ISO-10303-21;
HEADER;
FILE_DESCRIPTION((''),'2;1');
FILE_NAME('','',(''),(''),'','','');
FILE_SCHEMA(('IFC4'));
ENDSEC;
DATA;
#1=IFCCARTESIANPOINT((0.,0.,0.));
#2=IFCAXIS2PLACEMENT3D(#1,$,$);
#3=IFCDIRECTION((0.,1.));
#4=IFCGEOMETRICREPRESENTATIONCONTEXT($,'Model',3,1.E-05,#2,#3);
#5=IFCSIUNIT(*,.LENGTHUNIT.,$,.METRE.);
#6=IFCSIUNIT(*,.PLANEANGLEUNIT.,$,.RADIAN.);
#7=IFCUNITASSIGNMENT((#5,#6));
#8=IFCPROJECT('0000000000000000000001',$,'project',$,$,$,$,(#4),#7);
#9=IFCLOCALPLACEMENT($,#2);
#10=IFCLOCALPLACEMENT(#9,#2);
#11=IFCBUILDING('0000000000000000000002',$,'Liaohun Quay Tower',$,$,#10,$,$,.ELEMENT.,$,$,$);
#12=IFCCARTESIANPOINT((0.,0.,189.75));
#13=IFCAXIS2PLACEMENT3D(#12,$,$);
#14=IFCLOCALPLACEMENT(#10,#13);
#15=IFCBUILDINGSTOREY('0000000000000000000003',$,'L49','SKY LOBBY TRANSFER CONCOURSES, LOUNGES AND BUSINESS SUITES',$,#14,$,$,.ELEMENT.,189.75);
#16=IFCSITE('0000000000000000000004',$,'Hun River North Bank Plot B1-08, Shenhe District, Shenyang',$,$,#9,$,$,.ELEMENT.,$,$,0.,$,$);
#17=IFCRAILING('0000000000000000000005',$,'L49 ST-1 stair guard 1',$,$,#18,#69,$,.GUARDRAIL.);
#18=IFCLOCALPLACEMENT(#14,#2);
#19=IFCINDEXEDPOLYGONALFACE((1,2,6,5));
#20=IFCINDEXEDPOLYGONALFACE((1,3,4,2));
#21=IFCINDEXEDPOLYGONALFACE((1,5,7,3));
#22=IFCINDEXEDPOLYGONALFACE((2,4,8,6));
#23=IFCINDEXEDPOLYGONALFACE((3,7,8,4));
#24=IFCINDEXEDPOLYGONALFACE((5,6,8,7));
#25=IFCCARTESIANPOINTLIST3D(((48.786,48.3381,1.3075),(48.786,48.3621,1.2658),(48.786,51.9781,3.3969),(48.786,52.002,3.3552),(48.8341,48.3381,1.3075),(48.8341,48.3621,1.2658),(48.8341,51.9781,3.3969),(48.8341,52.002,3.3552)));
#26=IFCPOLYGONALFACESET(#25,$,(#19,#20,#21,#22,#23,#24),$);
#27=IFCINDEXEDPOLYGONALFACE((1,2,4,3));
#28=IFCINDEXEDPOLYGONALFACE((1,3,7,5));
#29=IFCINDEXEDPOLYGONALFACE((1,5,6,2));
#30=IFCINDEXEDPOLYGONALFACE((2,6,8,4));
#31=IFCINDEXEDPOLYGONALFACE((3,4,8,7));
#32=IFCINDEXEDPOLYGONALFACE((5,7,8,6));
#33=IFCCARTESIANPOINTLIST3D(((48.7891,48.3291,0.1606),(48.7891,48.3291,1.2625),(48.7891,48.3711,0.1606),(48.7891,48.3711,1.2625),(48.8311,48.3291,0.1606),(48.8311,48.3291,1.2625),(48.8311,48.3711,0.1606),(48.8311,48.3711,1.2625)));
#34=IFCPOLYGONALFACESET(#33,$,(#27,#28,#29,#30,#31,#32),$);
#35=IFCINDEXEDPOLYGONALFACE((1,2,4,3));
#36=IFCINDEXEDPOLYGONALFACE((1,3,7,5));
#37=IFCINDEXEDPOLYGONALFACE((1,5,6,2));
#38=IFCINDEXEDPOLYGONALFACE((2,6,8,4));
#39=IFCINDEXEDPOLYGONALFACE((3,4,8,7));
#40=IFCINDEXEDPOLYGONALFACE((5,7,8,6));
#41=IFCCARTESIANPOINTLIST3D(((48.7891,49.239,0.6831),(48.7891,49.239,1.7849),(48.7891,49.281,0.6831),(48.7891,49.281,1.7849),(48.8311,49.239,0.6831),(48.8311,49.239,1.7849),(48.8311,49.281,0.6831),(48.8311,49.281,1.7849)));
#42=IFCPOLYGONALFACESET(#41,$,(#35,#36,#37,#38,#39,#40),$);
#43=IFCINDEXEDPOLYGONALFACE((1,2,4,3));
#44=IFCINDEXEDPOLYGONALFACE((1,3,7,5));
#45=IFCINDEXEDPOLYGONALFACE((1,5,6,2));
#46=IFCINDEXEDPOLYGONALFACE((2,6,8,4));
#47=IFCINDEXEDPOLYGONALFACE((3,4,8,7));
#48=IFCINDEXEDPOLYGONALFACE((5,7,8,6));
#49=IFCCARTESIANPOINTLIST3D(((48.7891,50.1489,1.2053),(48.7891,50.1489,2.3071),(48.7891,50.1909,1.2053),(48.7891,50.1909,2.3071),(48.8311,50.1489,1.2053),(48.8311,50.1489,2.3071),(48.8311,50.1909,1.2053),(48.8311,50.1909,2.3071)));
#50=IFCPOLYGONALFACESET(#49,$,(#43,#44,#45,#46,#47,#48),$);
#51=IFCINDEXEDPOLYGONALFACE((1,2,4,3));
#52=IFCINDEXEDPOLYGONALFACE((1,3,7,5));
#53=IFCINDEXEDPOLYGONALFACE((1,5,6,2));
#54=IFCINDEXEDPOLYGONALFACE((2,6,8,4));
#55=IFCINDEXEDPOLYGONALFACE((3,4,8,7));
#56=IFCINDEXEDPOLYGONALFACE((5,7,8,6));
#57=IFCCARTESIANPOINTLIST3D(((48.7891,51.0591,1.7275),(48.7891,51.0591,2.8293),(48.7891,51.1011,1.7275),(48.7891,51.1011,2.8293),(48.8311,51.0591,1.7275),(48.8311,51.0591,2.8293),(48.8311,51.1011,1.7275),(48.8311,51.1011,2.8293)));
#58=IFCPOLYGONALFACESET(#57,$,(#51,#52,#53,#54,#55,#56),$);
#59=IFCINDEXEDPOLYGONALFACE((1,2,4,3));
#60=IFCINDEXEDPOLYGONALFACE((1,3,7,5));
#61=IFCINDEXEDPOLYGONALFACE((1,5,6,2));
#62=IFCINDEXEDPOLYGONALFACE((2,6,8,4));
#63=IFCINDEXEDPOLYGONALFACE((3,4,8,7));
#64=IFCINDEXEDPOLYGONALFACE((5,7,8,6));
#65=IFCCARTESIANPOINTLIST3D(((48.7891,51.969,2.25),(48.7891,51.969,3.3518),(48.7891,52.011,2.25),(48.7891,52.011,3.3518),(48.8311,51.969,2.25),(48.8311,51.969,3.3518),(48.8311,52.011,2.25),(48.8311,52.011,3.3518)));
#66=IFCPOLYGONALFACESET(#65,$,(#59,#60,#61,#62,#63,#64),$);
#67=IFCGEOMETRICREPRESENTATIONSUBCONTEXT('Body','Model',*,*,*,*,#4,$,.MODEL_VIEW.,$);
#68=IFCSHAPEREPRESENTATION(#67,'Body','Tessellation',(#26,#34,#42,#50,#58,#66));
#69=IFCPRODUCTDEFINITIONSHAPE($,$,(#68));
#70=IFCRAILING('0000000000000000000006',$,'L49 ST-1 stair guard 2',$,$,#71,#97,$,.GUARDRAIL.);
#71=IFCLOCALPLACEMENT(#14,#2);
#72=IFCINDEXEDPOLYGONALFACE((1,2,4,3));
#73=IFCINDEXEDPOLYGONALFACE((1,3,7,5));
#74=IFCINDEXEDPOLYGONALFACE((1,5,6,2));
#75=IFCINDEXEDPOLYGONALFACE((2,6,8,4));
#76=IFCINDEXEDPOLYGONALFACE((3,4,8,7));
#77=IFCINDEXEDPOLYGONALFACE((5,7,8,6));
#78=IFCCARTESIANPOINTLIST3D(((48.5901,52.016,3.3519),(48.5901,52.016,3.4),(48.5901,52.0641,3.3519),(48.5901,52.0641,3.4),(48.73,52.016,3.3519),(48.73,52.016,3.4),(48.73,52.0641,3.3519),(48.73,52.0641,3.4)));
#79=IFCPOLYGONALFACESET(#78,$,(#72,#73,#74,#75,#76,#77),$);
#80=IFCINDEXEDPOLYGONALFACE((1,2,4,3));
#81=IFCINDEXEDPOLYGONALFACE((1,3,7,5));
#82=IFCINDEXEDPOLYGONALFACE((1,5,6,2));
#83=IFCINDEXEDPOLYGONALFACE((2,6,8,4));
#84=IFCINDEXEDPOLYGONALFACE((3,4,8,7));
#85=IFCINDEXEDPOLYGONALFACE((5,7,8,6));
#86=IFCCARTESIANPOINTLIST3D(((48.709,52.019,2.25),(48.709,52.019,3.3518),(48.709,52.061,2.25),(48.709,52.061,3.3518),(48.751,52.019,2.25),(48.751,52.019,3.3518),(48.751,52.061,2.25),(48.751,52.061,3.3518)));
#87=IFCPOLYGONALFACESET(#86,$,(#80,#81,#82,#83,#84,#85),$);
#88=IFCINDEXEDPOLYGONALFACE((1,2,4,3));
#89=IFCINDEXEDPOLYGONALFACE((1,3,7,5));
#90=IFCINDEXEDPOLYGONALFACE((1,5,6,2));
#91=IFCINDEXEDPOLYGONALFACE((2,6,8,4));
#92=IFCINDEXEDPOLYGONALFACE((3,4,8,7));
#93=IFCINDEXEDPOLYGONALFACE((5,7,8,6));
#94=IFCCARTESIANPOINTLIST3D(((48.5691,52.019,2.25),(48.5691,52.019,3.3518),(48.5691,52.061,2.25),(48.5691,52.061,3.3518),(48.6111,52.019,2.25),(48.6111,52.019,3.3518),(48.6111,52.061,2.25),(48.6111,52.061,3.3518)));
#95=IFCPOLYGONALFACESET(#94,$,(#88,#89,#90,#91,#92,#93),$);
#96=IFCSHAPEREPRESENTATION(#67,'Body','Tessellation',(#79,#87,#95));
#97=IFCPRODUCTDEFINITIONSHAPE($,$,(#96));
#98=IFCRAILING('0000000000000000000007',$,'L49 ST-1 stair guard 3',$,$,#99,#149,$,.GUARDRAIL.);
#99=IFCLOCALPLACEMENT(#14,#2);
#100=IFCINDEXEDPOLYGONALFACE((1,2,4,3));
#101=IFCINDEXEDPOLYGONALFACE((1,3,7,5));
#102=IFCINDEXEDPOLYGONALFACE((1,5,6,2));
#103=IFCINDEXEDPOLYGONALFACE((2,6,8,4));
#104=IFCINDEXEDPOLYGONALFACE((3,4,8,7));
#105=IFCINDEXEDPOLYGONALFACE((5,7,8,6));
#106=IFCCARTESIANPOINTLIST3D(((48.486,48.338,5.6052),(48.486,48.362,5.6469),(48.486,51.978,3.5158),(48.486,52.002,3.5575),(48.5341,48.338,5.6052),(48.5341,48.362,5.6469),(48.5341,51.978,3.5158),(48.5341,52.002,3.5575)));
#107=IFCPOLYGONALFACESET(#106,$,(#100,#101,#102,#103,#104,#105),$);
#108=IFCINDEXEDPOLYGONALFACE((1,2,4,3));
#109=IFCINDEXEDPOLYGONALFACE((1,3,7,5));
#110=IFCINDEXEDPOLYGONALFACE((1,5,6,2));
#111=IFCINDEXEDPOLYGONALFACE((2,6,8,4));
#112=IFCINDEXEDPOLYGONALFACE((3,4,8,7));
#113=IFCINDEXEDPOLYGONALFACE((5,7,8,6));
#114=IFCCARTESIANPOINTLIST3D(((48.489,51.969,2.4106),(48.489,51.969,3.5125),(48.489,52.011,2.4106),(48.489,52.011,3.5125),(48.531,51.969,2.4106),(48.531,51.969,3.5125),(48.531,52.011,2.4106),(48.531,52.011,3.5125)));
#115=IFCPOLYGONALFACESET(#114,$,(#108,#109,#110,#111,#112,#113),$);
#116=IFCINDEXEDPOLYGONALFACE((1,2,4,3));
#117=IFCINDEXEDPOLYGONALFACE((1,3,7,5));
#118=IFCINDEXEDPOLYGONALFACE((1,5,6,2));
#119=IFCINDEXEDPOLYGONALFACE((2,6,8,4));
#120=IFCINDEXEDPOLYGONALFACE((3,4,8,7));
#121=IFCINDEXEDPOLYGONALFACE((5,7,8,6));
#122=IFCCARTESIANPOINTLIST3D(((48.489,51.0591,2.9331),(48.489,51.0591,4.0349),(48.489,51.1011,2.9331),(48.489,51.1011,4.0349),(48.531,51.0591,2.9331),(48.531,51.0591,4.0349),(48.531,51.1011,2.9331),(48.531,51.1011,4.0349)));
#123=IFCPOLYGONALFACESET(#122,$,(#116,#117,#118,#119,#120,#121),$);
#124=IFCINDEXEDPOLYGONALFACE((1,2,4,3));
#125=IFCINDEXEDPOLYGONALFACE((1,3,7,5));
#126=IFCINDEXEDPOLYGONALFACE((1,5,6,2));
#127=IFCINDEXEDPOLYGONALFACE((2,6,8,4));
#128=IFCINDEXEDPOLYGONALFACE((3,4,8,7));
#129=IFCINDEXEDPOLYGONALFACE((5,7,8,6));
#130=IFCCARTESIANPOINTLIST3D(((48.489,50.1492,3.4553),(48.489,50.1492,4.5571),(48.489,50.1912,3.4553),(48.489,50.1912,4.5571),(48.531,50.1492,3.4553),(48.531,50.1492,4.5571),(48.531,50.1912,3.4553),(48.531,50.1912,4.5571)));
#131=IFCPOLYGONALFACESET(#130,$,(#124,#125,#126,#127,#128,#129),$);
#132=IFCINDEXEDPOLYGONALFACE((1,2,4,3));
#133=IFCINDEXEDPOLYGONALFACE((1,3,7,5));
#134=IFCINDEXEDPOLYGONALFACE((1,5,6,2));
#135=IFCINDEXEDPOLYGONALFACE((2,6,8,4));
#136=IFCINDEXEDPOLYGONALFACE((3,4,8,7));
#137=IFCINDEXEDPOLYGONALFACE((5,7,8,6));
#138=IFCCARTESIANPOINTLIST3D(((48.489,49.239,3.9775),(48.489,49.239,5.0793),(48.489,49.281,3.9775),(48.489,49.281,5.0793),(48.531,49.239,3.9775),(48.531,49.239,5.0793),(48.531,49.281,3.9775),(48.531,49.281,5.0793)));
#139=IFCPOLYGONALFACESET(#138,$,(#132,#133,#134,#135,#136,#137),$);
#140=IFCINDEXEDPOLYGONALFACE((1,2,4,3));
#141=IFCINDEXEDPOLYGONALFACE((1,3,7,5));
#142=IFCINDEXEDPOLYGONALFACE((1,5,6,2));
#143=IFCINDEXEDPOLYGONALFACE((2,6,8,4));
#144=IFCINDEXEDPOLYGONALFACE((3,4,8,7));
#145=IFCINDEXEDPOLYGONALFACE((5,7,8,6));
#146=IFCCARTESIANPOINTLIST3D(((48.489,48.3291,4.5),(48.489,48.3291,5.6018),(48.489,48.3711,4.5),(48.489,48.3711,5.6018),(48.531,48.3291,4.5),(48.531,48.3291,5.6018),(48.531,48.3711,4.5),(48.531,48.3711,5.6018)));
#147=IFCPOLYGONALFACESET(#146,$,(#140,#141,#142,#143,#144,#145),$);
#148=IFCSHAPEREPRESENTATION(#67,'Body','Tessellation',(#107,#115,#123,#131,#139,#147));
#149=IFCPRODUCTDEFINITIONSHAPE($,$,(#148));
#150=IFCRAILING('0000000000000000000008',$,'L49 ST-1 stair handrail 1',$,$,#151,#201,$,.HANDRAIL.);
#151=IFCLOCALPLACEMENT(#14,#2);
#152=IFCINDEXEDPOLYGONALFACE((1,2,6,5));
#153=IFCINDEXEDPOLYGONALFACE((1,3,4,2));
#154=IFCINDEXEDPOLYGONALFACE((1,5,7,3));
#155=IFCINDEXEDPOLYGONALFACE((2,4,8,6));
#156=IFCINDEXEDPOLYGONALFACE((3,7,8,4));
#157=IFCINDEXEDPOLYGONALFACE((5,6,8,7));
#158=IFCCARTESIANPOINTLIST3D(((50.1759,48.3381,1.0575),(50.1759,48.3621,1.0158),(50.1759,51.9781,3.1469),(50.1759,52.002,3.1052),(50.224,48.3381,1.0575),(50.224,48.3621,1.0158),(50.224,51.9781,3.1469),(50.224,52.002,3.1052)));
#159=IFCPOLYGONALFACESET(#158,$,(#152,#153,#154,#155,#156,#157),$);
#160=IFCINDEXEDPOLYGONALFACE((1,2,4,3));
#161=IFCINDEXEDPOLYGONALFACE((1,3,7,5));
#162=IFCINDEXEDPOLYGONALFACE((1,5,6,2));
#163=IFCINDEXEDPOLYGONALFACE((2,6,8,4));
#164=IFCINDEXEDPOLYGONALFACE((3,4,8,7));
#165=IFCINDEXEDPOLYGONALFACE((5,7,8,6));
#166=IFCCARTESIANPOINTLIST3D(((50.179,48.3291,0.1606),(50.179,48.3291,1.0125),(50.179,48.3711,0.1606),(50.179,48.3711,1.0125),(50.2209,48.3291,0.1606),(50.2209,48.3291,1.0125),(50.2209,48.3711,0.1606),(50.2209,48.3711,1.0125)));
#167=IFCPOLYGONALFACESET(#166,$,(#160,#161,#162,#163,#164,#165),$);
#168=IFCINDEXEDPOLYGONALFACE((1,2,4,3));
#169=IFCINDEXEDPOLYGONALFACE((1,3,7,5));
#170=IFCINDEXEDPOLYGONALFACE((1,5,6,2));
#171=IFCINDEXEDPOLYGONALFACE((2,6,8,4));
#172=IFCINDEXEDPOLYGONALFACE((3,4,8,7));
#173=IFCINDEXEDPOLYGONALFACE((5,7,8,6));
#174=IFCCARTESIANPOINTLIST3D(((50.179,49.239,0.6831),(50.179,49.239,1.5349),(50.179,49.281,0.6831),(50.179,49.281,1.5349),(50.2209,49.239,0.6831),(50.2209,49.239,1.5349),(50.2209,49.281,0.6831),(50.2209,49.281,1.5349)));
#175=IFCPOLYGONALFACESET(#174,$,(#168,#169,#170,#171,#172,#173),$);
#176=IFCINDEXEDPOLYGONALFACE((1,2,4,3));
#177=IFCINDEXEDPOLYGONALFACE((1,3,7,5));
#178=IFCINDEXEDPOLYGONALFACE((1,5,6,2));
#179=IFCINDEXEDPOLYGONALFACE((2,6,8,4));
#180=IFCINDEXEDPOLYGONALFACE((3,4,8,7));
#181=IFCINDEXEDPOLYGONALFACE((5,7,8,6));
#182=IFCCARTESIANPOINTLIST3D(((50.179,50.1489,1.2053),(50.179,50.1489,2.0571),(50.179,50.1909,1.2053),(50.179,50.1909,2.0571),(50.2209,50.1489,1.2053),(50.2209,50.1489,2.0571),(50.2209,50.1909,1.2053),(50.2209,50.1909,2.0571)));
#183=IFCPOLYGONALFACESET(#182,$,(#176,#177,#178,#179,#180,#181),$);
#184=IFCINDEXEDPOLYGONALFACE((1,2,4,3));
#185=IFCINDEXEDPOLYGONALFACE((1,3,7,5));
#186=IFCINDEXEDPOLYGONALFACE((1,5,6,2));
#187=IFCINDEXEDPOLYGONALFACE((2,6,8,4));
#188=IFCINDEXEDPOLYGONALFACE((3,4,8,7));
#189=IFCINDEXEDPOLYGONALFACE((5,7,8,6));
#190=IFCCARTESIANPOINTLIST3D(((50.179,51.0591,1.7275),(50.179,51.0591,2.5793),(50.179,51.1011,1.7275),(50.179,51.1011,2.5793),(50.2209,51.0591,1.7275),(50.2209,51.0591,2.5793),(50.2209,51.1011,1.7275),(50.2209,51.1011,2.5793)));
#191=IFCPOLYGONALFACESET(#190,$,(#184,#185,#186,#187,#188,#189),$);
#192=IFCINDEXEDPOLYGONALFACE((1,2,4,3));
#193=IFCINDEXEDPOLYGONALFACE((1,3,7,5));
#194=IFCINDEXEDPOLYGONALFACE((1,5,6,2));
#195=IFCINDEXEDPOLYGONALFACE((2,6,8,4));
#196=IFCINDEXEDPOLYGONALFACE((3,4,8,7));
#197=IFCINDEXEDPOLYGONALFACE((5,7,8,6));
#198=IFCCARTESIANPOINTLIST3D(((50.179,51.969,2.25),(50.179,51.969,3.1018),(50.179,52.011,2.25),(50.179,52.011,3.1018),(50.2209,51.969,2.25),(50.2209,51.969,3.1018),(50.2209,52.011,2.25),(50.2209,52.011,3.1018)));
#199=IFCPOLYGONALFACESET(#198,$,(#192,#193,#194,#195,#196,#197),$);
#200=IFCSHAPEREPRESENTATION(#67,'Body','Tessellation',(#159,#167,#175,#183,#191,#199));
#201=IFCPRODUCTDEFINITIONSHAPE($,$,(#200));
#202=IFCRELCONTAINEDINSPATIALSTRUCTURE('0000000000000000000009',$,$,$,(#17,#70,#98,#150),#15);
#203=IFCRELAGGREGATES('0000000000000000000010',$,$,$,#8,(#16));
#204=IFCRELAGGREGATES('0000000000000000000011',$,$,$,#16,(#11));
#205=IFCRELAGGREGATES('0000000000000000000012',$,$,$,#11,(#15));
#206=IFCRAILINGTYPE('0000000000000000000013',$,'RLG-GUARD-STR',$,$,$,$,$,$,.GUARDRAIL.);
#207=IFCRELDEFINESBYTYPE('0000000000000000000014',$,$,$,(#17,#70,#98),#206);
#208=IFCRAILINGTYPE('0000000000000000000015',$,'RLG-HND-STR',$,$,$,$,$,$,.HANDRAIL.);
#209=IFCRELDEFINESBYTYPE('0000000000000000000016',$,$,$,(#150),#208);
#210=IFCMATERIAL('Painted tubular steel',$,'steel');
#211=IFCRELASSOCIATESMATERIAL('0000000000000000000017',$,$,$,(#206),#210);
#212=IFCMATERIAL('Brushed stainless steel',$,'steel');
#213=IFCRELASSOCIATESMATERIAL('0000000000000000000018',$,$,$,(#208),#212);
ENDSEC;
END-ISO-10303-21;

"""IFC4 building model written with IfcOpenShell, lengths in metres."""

from ifc_helpers import new_model, si_unit, direction, frame, origin, origin_2d, place, context, subcontext, project, spatial, rectangle, extrude, material, type_object, element, save


model = new_model("IFC4")

# Units and contexts
model_context = context("Model", 3, precision=1e-05, world=origin(), true_north=direction((0.0, 1.0)))
body_context = subcontext(model_context, "Body", "Model", "MODEL_VIEW")
ifc_project = project(units=[si_unit("LENGTHUNIT", "METRE"), si_unit("PLANEANGLEUNIT", "RADIAN")], contexts=[model_context])

# Site, building, storey
site_placement = place(None, origin())
site = spatial("IfcSite", under=ifc_project, at=site_placement, Name="Hun River North Bank Plot B1-08, Shenhe District, Shenyang", CompositionType="ELEMENT", RefElevation=0.0)
building_placement = place(site_placement, origin())
building = spatial("IfcBuilding", under=site, at=building_placement, Name="Liaohun Quay Tower", CompositionType="ELEMENT")
storey_placement = place(building_placement, frame((0.0, 0.0, 189.75)))
storey = spatial("IfcBuildingStorey", under=building, at=storey_placement, Name="L49", Description="SKY LOBBY TRANSFER CONCOURSES, LOUNGES AND BUSINESS SUITES", CompositionType="ELEMENT", Elevation=189.75)

# Railings
ifc_material_1 = material(Name="Painted tubular steel", Category="steel")
railing_type_1 = type_object("IfcRailingType", Name="RLG-GUARD-STR", PredefinedType="GUARDRAIL", material=ifc_material_1)
railing_1_placement = place(storey_placement, frame((48.8101, 48.3501, 0.1606)))
element("IfcRailing", 1, at=railing_1_placement, inside=storey, type_object=railing_type_1, Name="L49 ST-1 stair guard 1", PredefinedType="GUARDRAIL", context=body_context, shape_type="SweptSolid", body=[
    extrude(rectangle(XDim=0.0481, YDim=0.0481, at=origin_2d()), frame((0.0, 0.0, 1.126), z_axis=(0.0, 0.867275, 0.497829), x_axis=(-1.0, 0.0, 0.0)), (0.0, 0.0, 1.0), 4.197),
    extrude(rectangle(XDim=0.042, YDim=0.042, at=origin_2d()), origin(), (0.0, 0.0, 1.0), 1.1018),
    extrude(rectangle(XDim=0.042, YDim=0.042, at=origin_2d()), frame((0.0, 0.9099, 0.5225)), (0.0, 0.0, 1.0), 1.1018),
    extrude(rectangle(XDim=0.042, YDim=0.042, at=origin_2d()), frame((0.0, 1.8198, 1.0447)), (0.0, 0.0, 1.0), 1.1018),
    extrude(rectangle(XDim=0.042, YDim=0.042, at=origin_2d()), frame((0.0, 2.73, 1.5669)), (0.0, 0.0, 1.0), 1.1018),
    extrude(rectangle(XDim=0.042, YDim=0.042, at=origin_2d()), frame((0.0, 3.6399, 2.0894)), (0.0, 0.0, 1.0), 1.1018),
])
railing_2_placement = place(storey_placement, frame((48.73, 52.04, 2.25)))
element("IfcRailing", 2, at=railing_2_placement, inside=storey, type_object=railing_type_1, Name="L49 ST-1 stair guard 2", PredefinedType="GUARDRAIL", context=body_context, shape_type="SweptSolid", body=[
    extrude(rectangle(XDim=0.0481, YDim=0.0481, at=origin_2d()), frame((0.0, 0.0, 1.126), z_axis=(-1.0, 0.0, 0.0), x_axis=(0.0, -1.0, 0.0)), (0.0, 0.0, 1.0), 0.1399),
    extrude(rectangle(XDim=0.042, YDim=0.042, at=origin_2d()), origin(), (0.0, 0.0, 1.0), 1.1018),
    extrude(rectangle(XDim=0.042, YDim=0.042, at=origin_2d()), frame((-0.1399, 0.0, 0.0)), (0.0, 0.0, 1.0), 1.1018),
])
railing_3_placement = place(storey_placement, frame((48.51, 51.99, 2.4106)))
element("IfcRailing", 3, at=railing_3_placement, inside=storey, type_object=railing_type_1, Name="L49 ST-1 stair guard 3", PredefinedType="GUARDRAIL", context=body_context, shape_type="SweptSolid", body=[
    extrude(rectangle(XDim=0.0481, YDim=0.0481, at=origin_2d()), frame((0.0, 0.0, 1.126), z_axis=(0.0, -0.867275, 0.497829), x_axis=(1.0, 0.0, 0.0)), (0.0, 0.0, 1.0), 4.197),
    extrude(rectangle(XDim=0.042, YDim=0.042, at=origin_2d()), origin(), (0.0, 0.0, 1.0), 1.1018),
    extrude(rectangle(XDim=0.042, YDim=0.042, at=origin_2d()), frame((0.0, -0.9099, 0.5225)), (0.0, 0.0, 1.0), 1.1018),
    extrude(rectangle(XDim=0.042, YDim=0.042, at=origin_2d()), frame((0.0, -1.8198, 1.0447)), (0.0, 0.0, 1.0), 1.1018),
    extrude(rectangle(XDim=0.042, YDim=0.042, at=origin_2d()), frame((0.0, -2.73, 1.5669)), (0.0, 0.0, 1.0), 1.1018),
    extrude(rectangle(XDim=0.042, YDim=0.042, at=origin_2d()), frame((0.0, -3.6399, 2.0894)), (0.0, 0.0, 1.0), 1.1018),
])
ifc_material_2 = material(Name="Brushed stainless steel", Category="steel")
railing_type_2 = type_object("IfcRailingType", Name="RLG-HND-STR", PredefinedType="HANDRAIL", material=ifc_material_2)
railing_4_placement = place(storey_placement, frame((50.2, 48.3501, 0.1606)))
element("IfcRailing", 4, at=railing_4_placement, inside=storey, type_object=railing_type_2, Name="L49 ST-1 stair handrail 1", PredefinedType="HANDRAIL", context=body_context, shape_type="SweptSolid", body=[
    extrude(rectangle(XDim=0.0481, YDim=0.0481, at=origin_2d()), frame((0.0, 0.0, 0.876), z_axis=(0.0, 0.867275, 0.497829), x_axis=(-1.0, 0.0, 0.0)), (0.0, 0.0, 1.0), 4.197),
    extrude(rectangle(XDim=0.042, YDim=0.042, at=origin_2d()), origin(), (0.0, 0.0, 1.0), 0.8518),
    extrude(rectangle(XDim=0.042, YDim=0.042, at=origin_2d()), frame((0.0, 0.9099, 0.5225)), (0.0, 0.0, 1.0), 0.8518),
    extrude(rectangle(XDim=0.042, YDim=0.042, at=origin_2d()), frame((0.0, 1.8198, 1.0447)), (0.0, 0.0, 1.0), 0.8518),
    extrude(rectangle(XDim=0.042, YDim=0.042, at=origin_2d()), frame((0.0, 2.73, 1.5669)), (0.0, 0.0, 1.0), 0.8518),
    extrude(rectangle(XDim=0.042, YDim=0.042, at=origin_2d()), frame((0.0, 3.6399, 2.0894)), (0.0, 0.0, 1.0), 0.8518),
])

save(model, "model.ifc")
